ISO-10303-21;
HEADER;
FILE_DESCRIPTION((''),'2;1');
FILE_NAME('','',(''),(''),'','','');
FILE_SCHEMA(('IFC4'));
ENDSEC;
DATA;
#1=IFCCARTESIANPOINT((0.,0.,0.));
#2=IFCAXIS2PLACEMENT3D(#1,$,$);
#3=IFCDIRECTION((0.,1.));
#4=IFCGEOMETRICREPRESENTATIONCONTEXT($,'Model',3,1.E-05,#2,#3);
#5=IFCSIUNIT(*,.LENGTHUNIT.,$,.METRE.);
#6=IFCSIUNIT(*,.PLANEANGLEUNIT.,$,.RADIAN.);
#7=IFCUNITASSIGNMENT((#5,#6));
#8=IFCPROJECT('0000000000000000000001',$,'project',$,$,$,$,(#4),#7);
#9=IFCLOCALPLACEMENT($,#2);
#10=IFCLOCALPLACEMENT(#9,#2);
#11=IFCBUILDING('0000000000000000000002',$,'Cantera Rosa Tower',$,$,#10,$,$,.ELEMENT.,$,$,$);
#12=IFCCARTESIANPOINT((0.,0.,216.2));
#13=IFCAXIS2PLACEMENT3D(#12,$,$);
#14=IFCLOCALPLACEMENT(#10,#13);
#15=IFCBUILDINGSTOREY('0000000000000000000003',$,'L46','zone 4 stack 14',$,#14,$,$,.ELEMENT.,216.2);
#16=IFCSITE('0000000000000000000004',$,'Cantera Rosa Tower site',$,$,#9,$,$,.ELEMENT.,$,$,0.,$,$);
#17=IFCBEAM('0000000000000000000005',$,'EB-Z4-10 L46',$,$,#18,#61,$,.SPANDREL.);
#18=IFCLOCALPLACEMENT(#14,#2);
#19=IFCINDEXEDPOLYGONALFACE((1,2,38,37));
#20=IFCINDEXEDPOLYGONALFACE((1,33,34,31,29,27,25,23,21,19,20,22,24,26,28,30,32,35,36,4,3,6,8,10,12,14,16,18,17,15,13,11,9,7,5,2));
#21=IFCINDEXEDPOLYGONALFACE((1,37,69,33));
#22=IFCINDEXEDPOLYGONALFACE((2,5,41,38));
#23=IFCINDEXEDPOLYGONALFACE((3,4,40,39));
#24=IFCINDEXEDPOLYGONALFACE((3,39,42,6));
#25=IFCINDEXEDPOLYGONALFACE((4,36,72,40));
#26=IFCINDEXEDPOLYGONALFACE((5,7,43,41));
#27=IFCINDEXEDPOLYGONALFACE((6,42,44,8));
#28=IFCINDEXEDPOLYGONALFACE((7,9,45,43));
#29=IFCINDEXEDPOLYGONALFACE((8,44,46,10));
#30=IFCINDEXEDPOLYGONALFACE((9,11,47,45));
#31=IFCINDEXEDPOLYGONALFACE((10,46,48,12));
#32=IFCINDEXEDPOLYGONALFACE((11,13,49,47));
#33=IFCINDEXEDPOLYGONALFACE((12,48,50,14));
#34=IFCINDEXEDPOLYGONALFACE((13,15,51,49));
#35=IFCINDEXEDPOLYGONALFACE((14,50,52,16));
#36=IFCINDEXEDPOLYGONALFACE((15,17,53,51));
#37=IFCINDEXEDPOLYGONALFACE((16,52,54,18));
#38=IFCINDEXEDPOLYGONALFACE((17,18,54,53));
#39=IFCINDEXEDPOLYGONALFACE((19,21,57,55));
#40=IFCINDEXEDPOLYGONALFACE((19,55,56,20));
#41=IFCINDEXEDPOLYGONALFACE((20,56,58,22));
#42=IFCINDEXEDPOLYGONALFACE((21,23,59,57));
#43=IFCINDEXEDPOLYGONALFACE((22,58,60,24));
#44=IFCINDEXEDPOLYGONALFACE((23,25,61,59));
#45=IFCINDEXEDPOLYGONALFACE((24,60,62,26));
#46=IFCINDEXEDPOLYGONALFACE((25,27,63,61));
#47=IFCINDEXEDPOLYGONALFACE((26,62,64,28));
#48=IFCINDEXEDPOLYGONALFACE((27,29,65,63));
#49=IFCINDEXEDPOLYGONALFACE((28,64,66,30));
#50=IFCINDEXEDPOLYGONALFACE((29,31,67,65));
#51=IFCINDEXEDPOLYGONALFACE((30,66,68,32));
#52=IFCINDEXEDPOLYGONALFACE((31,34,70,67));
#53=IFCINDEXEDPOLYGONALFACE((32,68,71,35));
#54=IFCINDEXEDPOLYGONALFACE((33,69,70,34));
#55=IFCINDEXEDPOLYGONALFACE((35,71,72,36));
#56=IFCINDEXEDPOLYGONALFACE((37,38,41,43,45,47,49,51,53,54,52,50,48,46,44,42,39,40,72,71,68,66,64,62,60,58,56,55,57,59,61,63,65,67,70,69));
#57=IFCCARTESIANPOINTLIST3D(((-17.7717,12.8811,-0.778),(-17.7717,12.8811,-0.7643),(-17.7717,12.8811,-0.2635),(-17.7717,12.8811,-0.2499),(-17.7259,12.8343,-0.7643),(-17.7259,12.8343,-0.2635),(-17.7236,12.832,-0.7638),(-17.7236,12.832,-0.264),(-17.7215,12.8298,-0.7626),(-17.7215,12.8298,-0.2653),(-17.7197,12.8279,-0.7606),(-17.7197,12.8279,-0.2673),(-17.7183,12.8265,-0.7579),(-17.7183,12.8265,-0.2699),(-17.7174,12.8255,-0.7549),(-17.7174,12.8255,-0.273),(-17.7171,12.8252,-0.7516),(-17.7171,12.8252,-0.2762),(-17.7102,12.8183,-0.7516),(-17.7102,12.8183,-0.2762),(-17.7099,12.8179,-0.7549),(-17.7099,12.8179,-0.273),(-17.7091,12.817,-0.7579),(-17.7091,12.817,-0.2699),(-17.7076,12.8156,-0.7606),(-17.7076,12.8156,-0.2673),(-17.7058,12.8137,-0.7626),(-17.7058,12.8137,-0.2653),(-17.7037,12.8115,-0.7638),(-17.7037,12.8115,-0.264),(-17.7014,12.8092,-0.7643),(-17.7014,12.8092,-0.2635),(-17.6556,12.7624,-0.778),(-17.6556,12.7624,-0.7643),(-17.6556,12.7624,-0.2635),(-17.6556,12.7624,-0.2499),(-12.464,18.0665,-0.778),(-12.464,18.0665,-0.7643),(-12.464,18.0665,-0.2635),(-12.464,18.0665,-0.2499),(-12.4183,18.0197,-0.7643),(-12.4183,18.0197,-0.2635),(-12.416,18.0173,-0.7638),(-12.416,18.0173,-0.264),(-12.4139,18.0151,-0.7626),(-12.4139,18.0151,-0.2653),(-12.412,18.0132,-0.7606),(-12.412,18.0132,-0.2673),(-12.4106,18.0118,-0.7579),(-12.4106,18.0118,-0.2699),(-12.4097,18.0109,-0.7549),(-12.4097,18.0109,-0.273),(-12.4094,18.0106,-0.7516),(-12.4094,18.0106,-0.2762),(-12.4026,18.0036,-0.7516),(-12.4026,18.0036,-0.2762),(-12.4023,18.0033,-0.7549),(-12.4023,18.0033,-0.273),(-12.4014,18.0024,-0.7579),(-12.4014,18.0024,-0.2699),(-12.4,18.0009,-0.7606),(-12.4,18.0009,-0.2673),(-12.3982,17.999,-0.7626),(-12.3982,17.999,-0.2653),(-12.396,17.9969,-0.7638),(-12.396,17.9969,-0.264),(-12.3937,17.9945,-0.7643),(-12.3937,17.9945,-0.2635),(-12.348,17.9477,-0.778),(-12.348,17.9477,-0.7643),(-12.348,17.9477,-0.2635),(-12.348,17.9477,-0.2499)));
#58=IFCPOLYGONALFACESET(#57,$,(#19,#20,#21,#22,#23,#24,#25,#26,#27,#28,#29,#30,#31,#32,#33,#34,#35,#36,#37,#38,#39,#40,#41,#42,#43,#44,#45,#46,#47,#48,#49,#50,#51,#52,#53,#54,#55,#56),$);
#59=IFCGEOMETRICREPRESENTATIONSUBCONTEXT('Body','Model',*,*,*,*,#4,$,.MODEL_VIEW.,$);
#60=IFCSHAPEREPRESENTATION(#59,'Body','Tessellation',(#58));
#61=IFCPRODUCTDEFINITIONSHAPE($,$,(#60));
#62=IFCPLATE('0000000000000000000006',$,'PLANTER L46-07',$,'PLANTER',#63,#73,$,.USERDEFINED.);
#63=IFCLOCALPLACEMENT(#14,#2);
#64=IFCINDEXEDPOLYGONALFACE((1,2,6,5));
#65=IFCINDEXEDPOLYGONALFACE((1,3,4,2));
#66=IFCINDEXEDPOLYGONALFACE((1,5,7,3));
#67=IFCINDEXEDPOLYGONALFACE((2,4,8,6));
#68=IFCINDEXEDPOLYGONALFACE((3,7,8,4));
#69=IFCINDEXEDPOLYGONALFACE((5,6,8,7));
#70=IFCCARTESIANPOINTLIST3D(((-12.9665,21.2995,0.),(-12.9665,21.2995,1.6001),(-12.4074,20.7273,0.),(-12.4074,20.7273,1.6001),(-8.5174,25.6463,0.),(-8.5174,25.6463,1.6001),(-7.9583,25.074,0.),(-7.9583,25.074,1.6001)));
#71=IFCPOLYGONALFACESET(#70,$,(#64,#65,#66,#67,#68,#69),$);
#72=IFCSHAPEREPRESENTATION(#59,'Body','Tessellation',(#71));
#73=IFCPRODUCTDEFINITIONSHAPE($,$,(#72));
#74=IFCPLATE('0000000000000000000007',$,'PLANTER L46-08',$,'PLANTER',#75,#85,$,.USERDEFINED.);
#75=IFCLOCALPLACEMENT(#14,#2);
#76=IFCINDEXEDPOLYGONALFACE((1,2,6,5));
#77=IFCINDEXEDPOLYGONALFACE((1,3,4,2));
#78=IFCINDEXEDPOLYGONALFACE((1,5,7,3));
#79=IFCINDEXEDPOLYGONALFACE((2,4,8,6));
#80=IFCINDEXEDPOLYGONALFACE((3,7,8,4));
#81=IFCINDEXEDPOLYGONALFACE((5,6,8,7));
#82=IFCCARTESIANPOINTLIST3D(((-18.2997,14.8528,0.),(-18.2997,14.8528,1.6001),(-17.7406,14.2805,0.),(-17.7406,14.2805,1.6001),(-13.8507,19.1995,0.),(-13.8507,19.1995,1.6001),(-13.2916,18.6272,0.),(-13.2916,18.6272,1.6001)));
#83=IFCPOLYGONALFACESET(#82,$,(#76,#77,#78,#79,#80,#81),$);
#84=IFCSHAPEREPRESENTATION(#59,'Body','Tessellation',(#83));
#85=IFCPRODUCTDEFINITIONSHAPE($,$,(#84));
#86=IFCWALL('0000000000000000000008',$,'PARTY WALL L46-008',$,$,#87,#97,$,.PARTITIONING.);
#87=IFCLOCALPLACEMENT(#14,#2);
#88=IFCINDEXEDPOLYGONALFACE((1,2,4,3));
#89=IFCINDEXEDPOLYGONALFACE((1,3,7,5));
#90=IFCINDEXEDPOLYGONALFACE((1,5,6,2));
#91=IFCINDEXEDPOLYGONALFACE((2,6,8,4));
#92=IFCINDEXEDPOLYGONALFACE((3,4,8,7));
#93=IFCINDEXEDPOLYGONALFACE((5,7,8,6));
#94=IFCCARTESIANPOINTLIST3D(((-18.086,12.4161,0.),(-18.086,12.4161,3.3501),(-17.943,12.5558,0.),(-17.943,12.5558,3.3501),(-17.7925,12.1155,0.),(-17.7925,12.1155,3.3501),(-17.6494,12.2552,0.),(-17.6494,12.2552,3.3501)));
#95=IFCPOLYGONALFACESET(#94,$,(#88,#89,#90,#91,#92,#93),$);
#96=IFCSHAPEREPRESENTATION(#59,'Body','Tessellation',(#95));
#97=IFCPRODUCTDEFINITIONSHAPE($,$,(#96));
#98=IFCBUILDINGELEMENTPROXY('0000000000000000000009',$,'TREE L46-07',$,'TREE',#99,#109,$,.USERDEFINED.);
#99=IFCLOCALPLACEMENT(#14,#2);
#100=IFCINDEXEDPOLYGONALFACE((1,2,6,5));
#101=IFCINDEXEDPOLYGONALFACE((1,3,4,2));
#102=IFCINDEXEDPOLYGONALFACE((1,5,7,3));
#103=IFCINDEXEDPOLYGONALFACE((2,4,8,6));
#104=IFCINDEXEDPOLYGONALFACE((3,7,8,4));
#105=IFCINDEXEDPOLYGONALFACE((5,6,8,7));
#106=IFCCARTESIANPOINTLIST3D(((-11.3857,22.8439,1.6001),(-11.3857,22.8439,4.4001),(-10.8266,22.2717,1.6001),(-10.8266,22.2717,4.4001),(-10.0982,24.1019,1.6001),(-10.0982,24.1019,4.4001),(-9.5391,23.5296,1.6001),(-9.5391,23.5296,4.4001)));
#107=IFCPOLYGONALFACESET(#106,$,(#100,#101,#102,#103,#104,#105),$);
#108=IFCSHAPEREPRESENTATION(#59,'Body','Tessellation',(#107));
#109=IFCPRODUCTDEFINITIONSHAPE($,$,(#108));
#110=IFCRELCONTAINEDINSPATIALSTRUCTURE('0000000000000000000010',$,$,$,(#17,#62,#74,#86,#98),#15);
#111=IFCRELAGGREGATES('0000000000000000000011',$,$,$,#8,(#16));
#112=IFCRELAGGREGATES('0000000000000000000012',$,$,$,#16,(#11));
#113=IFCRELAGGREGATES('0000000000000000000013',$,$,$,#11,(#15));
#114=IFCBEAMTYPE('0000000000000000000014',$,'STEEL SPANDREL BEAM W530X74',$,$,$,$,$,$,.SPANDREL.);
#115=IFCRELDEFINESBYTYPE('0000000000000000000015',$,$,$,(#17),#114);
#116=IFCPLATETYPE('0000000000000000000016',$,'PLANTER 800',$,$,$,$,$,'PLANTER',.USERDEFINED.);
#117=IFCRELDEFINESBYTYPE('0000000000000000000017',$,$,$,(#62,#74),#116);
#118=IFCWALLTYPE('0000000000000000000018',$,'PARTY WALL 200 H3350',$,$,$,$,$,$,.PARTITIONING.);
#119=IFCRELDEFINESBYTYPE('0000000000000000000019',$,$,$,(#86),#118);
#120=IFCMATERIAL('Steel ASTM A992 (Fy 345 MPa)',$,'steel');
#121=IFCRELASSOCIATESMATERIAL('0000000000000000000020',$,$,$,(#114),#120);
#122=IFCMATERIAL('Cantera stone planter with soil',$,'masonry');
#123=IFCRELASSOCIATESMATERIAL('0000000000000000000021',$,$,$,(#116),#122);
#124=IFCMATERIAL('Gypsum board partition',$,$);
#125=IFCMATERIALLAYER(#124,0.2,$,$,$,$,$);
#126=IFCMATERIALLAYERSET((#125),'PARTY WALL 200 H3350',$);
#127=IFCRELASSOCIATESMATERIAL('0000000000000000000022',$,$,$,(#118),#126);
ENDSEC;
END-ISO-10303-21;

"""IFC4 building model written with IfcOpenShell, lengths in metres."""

from ifc_helpers import new_model, si_unit, direction, frame, frame_2d, origin, origin_2d, place, context, subcontext, project, spatial, rectangle, i_section, extrude, material, layer, layer_set, material_profile, profile_set, type_object, element, save


model = new_model("IFC4")

# Units and contexts
model_context = context("Model", 3, precision=1e-05, world=origin(), true_north=direction((0.0, 1.0)))
body_context = subcontext(model_context, "Body", "Model", "MODEL_VIEW")
ifc_project = project(units=[si_unit("LENGTHUNIT", "METRE"), si_unit("PLANEANGLEUNIT", "RADIAN")], contexts=[model_context])

# Site, building, storey
site_placement = place(None, origin())
site = spatial("IfcSite", under=ifc_project, at=site_placement, Name="Cantera Rosa Tower site", CompositionType="ELEMENT", RefElevation=0.0)
building_placement = place(site_placement, origin())
building = spatial("IfcBuilding", under=site, at=building_placement, Name="Cantera Rosa Tower", CompositionType="ELEMENT")
storey_placement = place(building_placement, frame((0.0, 0.0, 216.2)))
storey = spatial("IfcBuildingStorey", under=building, at=storey_placement, Name="L46", Description="zone 4 stack 14", CompositionType="ELEMENT", Elevation=216.2)

# Beam
ifc_material_1 = material(Name="Steel ASTM A992 (Fy 345 MPa)", Category="steel")
ifc_material_profile_1 = material_profile(ifc_material_1, i_section(OverallWidth=0.166, OverallDepth=0.5281, WebThickness=0.0098, FlangeThickness=0.0137, FilletRadius=0.0127, at=origin_2d()), Name="W530X74")
ifc_profile_set_1 = profile_set([ifc_material_profile_1], Name="Steel ASTM A992 (Fy 345 MPa)")
beam_type_1 = type_object("IfcBeamType", Name="STEEL SPANDREL BEAM W530X74", PredefinedType="SPANDREL", material=ifc_profile_set_1)
beam_1_placement = place(storey_placement, frame((-12.406, 18.0071, -0.5139), z_axis=(-0.715301, -0.698817, 0.0), x_axis=(0.698817, -0.715301, 0.0)))
element("IfcBeam", 1, at=beam_1_placement, inside=storey, type_object=beam_type_1, Name="EB-Z4-10 L46", PredefinedType="SPANDREL", context=body_context, shape_type="SweptSolid", body=[
    extrude(i_section(OverallWidth=0.166, OverallDepth=0.5281, WebThickness=0.0098, FlangeThickness=0.0137, FilletRadius=0.0127, at=origin_2d()), origin(), (0.0, 0.0, 1.0), 7.4202),
])

# Plates
ifc_material_2 = material(Name="Cantera stone planter with soil", Category="masonry")
plate_type = type_object("IfcPlateType", Name="PLANTER 800", ElementType="PLANTER", PredefinedType="USERDEFINED", material=ifc_material_2)
for number, where, z_axis, x_axis, name in (
    (2, (-10.4624, 23.1868, 0.0), (0.0, 0.0, 1.0), (-0.715286, -0.698832, 0.0), "PLANTER L46-07"),
    (3, (-15.7957, 16.74, 0.0), (0.0, 0.0, 1.0), (-0.715286, -0.698832, 0.0), "PLANTER L46-08"),
):
    element("IfcPlate", number, at=place(storey_placement, frame(where, z_axis=z_axis, x_axis=x_axis)), inside=storey, type_object=plate_type, Name=name, ObjectType="PLANTER", PredefinedType="USERDEFINED", context=body_context, shape_type="SweptSolid", body=[
        extrude(rectangle(XDim=6.22, YDim=0.8, at=origin_2d()), origin(), (0.0, 0.0, 1.0), 1.6001),
    ])

# Wall
ifc_material_3 = material(Name="Gypsum board partition")
ifc_layer_1 = layer(ifc_material_3, 0.2)
ifc_layer_set_1 = layer_set([ifc_layer_1], Name="PARTY WALL 200 H3350")
wall_type_1 = type_object("IfcWallType", Name="PARTY WALL 200 H3350", PredefinedType="PARTITIONING", material=ifc_layer_set_1)
wall_1_placement = place(storey_placement, frame((-18.0144, 12.4858, 0.0), z_axis=(0.0, 0.0, 1.0), x_axis=(0.698629, -0.715484, 0.0)))
element("IfcWall", 4, at=wall_1_placement, inside=storey, type_object=wall_type_1, Name="PARTY WALL L46-008", PredefinedType="PARTITIONING", context=body_context, shape_type="SweptSolid", body=[
    extrude(rectangle(XDim=0.4202, YDim=0.2, at=frame_2d((0.21, 0.0))), origin(), (0.0, 0.0, 1.0), 3.3501),
])

# Building element proxy
proxy_placement = place(storey_placement, frame((-10.4624, 23.1868, 1.6001), z_axis=(0.0, 0.0, 1.0), x_axis=(-0.715286, -0.698832, 0.0)))
element("IfcBuildingElementProxy", 5, at=proxy_placement, inside=storey, Name="TREE L46-07", ObjectType="TREE", PredefinedType="USERDEFINED", context=body_context, shape_type="SweptSolid", body=[
    extrude(rectangle(XDim=1.8, YDim=0.8, at=origin_2d()), origin(), (0.0, 0.0, 1.0), 2.8),
])

save(model, "model.ifc")
